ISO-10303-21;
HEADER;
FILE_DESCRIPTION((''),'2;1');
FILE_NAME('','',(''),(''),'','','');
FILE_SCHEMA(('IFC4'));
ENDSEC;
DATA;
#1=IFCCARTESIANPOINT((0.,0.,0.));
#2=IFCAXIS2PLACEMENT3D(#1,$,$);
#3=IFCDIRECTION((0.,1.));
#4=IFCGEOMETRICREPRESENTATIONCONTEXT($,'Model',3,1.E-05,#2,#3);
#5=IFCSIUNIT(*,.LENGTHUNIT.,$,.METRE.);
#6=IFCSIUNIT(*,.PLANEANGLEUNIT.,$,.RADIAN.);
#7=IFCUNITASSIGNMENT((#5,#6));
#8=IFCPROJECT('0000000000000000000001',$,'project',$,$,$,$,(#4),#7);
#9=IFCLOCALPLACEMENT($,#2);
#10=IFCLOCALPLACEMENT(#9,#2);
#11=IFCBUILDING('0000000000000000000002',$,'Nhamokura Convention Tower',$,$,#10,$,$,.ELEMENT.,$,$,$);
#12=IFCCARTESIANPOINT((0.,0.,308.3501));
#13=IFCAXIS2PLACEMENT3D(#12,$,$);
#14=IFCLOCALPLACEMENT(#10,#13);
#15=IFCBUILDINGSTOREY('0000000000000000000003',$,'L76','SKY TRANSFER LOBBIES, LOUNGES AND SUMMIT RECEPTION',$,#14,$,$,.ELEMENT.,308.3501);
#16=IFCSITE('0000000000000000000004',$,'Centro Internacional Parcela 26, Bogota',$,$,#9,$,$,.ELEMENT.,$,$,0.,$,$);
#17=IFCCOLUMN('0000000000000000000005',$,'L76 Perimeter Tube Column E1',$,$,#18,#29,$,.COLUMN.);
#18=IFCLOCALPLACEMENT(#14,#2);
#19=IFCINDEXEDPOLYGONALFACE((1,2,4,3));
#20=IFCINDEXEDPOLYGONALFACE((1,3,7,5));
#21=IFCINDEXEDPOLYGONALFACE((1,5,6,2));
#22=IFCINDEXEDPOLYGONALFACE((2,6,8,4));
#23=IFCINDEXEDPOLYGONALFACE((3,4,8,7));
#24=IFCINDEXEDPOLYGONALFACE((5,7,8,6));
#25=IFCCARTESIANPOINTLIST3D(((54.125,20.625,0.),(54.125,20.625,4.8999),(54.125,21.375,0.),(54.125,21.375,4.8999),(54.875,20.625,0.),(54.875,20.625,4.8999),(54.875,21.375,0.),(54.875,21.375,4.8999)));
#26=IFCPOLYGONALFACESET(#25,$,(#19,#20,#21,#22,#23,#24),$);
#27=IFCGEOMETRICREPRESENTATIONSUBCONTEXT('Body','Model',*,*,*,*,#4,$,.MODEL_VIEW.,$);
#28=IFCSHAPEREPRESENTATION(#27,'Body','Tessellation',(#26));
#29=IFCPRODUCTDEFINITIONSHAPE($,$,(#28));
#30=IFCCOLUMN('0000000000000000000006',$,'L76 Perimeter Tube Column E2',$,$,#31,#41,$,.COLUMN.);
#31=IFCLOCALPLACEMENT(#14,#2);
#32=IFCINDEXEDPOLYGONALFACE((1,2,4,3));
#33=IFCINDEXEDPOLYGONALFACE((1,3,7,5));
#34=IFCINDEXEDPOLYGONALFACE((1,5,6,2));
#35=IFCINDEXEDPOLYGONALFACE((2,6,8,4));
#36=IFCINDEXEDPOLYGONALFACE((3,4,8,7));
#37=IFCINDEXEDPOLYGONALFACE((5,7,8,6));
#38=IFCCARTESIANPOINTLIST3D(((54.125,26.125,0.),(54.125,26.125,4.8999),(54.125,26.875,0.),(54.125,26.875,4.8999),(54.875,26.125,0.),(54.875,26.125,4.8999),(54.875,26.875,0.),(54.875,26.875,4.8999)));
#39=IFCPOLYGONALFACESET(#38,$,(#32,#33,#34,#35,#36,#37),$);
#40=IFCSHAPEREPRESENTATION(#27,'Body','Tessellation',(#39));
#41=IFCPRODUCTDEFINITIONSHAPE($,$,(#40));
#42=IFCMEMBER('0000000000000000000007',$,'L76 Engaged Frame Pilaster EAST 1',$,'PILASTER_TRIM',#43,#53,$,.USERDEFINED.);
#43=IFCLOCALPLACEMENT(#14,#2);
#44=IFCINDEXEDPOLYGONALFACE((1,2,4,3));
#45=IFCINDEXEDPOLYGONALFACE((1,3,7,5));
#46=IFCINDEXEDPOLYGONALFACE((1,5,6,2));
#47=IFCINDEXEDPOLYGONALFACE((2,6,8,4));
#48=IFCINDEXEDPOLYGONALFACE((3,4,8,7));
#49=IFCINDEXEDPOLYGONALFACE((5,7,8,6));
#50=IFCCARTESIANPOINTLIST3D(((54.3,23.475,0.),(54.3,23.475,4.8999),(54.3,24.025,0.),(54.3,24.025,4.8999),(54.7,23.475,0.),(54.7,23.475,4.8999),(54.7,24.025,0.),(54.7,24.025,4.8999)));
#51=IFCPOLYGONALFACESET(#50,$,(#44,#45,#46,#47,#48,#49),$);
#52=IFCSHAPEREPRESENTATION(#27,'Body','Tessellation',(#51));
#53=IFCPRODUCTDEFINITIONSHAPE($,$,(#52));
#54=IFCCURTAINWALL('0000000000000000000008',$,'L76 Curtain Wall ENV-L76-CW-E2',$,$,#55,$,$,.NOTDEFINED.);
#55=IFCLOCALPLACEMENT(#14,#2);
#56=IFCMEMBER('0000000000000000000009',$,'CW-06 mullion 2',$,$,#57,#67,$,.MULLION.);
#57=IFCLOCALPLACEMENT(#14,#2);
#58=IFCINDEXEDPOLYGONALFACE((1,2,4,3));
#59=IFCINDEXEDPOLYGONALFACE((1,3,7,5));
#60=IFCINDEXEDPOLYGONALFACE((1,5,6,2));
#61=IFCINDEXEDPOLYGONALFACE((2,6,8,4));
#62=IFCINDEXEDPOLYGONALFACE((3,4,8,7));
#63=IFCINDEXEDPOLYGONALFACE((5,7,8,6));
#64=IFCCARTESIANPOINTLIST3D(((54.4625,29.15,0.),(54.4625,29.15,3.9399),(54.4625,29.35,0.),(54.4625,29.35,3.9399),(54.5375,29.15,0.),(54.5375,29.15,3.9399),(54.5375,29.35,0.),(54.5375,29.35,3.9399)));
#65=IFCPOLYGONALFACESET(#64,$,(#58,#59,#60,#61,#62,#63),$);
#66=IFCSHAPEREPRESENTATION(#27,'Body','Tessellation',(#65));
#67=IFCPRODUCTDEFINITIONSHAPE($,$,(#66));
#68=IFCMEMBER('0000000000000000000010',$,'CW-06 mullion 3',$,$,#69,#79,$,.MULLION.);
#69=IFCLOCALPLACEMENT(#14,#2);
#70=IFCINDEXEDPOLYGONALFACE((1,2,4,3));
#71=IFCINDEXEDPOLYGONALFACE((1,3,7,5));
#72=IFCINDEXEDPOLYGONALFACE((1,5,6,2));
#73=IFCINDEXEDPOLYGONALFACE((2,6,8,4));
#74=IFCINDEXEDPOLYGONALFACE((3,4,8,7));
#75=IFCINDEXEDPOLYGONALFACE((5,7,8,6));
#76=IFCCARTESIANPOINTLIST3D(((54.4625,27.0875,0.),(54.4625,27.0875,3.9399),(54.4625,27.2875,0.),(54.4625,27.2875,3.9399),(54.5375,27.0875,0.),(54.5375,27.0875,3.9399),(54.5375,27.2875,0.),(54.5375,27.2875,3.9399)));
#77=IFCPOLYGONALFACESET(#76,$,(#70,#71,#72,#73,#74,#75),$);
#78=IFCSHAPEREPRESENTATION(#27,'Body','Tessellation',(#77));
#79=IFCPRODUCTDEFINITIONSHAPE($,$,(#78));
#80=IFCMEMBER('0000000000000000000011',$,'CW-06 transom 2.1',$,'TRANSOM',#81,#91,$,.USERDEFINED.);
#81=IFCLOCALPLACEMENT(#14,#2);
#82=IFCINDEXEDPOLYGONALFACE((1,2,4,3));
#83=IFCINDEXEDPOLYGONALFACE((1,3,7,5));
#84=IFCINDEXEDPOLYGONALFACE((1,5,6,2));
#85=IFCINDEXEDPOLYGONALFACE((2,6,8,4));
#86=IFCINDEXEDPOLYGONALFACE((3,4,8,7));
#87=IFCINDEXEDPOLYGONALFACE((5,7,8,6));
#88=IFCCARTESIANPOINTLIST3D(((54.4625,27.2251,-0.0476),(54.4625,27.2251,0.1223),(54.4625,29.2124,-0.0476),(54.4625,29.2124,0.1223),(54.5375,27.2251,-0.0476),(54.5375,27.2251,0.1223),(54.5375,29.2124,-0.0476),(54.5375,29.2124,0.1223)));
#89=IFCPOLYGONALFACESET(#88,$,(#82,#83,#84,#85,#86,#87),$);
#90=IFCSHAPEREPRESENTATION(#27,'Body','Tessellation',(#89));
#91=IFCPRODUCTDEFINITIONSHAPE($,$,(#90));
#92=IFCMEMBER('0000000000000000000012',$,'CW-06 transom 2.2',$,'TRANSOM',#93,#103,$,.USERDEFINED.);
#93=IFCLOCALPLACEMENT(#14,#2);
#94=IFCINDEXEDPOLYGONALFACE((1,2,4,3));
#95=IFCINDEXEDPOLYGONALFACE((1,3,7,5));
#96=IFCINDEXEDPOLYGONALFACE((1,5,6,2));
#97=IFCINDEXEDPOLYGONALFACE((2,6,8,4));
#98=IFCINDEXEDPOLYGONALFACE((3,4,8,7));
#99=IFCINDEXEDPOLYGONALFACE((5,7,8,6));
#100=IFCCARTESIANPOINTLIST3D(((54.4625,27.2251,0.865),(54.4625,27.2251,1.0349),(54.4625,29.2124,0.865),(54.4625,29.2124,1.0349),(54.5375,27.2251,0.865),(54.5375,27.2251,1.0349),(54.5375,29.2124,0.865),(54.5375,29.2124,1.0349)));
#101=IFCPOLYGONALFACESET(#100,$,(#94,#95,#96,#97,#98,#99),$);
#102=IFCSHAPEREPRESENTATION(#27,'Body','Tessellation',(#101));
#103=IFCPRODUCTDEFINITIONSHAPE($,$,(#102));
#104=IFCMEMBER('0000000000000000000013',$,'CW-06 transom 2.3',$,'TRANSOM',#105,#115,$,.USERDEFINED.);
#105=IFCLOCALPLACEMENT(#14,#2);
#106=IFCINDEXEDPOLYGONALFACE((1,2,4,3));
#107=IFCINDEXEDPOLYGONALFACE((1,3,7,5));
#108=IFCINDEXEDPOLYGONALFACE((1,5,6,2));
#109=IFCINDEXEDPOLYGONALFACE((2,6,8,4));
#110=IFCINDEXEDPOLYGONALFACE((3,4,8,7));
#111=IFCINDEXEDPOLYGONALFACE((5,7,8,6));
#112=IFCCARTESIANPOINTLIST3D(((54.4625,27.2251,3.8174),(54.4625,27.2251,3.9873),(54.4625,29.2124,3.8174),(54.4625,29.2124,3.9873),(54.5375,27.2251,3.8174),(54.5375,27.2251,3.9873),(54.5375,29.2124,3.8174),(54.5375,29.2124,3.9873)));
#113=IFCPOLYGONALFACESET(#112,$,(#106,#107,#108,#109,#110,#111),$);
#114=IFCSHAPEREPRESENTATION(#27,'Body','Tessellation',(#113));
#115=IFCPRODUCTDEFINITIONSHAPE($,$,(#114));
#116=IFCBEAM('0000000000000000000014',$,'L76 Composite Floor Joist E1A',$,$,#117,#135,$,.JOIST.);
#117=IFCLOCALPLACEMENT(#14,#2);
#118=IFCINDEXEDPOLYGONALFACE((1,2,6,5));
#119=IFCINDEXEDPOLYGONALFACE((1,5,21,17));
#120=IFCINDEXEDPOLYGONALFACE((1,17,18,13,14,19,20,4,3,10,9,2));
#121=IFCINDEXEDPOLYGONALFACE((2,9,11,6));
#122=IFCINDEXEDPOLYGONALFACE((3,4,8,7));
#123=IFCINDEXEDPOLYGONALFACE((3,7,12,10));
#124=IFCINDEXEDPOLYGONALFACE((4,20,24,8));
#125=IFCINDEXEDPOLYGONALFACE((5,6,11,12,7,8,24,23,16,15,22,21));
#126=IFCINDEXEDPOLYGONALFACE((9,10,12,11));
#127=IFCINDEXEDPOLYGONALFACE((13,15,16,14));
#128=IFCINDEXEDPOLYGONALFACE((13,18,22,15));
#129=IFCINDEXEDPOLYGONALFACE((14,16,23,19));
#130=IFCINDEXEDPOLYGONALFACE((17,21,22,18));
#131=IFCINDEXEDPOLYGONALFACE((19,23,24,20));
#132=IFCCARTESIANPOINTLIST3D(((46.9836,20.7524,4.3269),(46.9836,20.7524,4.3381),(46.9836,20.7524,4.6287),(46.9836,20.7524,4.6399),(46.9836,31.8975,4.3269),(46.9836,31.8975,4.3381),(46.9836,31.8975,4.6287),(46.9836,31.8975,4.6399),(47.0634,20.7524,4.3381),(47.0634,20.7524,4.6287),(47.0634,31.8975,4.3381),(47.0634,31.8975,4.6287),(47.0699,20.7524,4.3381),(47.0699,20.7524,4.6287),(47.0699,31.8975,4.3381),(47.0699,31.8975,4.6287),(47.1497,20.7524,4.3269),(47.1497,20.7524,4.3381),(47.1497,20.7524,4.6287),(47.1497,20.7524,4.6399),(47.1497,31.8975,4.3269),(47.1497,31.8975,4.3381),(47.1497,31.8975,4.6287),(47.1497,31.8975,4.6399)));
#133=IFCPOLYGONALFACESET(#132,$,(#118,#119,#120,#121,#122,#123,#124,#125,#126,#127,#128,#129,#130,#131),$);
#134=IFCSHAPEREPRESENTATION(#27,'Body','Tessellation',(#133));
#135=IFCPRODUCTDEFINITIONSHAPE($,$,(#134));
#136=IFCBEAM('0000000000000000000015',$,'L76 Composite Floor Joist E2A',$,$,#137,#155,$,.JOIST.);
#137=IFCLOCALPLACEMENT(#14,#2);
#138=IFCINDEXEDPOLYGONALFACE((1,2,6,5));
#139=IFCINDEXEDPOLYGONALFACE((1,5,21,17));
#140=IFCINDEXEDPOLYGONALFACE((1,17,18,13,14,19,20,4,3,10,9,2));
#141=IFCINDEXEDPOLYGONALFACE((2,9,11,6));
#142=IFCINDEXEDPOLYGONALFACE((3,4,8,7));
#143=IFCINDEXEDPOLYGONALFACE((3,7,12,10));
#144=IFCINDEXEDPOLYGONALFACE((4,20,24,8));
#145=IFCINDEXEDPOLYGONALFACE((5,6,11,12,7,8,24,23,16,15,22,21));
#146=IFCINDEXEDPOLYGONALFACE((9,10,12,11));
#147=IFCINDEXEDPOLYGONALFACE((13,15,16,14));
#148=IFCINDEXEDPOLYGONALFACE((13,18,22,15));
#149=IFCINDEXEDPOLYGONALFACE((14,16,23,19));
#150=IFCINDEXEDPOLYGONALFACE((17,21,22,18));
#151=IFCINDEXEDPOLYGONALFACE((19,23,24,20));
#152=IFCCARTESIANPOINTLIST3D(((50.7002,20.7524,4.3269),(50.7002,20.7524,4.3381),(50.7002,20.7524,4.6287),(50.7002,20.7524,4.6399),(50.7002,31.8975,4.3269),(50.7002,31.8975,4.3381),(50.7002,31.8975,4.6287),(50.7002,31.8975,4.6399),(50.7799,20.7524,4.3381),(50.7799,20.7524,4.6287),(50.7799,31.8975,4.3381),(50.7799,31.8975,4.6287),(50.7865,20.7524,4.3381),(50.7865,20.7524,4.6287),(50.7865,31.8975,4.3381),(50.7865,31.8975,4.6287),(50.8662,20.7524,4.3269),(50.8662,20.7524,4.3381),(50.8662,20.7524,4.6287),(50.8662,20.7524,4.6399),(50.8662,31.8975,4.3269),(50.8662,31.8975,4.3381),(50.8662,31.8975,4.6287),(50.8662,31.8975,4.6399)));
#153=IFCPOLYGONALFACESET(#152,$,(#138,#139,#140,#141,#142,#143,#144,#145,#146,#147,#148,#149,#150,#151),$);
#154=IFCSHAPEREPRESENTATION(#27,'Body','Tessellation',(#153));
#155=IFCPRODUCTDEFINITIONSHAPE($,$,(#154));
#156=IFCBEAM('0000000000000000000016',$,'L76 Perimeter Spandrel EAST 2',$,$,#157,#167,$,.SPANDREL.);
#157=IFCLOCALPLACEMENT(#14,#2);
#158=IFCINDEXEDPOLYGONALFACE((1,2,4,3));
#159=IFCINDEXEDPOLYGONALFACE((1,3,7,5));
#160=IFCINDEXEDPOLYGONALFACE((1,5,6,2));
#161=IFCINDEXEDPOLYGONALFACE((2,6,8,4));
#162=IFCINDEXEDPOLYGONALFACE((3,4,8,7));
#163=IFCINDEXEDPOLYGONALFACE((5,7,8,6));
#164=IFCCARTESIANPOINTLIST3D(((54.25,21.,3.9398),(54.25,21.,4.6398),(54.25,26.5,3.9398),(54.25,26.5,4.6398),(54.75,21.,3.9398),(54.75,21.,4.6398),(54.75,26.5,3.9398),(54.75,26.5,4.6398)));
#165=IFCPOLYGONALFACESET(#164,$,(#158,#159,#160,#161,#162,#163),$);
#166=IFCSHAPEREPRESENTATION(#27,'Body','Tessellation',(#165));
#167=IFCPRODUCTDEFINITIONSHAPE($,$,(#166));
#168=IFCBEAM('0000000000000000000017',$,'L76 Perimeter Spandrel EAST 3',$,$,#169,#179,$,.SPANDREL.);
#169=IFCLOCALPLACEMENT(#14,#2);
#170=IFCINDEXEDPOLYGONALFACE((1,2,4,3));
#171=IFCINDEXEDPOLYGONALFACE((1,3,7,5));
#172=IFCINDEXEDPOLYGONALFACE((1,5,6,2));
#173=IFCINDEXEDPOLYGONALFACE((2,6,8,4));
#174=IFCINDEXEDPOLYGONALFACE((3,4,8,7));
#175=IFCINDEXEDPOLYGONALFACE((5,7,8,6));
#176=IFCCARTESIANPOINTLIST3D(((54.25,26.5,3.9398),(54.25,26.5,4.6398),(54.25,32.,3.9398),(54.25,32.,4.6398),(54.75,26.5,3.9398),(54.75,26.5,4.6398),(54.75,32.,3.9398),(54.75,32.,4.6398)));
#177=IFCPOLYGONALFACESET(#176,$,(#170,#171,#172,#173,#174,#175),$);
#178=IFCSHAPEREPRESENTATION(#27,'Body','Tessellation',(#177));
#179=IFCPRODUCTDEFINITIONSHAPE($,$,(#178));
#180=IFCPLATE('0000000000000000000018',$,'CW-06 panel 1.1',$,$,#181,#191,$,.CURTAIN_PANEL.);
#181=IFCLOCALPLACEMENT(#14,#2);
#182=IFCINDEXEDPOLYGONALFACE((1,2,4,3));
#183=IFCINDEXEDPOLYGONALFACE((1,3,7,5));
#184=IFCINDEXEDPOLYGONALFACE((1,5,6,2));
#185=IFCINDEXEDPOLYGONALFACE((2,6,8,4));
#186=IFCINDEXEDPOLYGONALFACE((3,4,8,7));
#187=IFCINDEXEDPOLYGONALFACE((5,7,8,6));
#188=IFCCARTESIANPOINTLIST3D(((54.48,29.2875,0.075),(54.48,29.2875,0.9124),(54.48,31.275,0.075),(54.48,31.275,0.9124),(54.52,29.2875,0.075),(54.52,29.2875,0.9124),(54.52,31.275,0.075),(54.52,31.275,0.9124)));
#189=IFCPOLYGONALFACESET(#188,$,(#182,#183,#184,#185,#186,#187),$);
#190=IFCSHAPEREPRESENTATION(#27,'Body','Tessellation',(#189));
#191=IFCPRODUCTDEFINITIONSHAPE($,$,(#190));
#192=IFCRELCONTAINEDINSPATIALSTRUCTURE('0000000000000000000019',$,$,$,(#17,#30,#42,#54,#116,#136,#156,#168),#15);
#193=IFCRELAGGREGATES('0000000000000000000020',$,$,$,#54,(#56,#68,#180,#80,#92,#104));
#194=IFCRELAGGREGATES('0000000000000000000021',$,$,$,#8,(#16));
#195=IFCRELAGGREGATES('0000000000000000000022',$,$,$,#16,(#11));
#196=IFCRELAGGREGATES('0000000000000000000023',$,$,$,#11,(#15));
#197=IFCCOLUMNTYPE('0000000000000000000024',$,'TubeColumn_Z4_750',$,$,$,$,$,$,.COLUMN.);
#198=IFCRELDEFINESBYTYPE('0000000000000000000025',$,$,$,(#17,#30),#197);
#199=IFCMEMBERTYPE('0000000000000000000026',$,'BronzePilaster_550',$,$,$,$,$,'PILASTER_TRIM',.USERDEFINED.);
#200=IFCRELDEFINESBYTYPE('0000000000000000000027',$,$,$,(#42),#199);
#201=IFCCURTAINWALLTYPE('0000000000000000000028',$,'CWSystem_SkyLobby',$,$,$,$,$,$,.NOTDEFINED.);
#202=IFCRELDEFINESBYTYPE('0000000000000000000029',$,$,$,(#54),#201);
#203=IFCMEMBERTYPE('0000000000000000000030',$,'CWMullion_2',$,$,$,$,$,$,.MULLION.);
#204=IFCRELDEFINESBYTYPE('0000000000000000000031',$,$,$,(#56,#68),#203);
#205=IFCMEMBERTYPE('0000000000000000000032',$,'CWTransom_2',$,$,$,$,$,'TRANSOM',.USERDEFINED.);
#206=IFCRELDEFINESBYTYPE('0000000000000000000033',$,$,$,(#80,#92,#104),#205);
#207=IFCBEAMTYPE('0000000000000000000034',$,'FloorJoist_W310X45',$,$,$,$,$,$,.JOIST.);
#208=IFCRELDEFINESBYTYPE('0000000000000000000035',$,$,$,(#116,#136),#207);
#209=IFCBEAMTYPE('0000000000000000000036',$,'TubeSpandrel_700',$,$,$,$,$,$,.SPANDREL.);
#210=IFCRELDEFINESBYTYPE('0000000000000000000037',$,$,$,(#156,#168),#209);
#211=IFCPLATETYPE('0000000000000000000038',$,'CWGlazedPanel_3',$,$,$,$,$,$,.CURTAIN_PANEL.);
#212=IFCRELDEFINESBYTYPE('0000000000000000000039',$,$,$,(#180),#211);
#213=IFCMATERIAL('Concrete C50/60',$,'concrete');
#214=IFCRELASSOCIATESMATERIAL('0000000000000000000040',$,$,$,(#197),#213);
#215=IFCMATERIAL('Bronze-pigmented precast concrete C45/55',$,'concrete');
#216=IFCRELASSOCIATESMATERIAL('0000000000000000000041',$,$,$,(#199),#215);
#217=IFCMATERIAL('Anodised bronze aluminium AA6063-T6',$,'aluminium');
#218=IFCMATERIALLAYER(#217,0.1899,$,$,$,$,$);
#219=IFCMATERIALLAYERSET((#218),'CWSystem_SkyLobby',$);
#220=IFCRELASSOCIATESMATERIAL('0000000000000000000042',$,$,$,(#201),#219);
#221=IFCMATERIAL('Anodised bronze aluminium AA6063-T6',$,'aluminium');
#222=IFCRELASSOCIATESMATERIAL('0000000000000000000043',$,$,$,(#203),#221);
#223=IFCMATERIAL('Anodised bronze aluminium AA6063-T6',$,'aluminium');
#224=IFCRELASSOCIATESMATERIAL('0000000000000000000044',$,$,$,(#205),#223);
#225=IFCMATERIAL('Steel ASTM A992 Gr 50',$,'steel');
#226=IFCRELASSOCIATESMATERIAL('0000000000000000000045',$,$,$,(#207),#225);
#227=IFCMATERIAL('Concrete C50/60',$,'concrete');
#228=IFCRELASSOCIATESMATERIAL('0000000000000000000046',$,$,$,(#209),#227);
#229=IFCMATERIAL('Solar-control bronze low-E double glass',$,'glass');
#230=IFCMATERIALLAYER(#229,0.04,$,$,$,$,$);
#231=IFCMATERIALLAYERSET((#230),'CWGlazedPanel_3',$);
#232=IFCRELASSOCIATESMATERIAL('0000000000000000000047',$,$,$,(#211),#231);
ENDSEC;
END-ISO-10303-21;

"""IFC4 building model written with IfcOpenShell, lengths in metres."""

from ifc_helpers import new_model, si_unit, direction, frame, origin, origin_2d, place, context, subcontext, project, spatial, rectangle, i_section, extrude, material, layer, layer_set, material_profile, profile_set, type_object, element, aggregate, save


model = new_model("IFC4")

# Units and contexts
model_context = context("Model", 3, precision=1e-05, world=origin(), true_north=direction((0.0, 1.0)))
body_context = subcontext(model_context, "Body", "Model", "MODEL_VIEW")
ifc_project = project(units=[si_unit("LENGTHUNIT", "METRE"), si_unit("PLANEANGLEUNIT", "RADIAN")], contexts=[model_context])

# Site, building, storey
site_placement = place(None, origin())
site = spatial("IfcSite", under=ifc_project, at=site_placement, Name="Centro Internacional Parcela 26, Bogota", CompositionType="ELEMENT", RefElevation=0.0)
building_placement = place(site_placement, origin())
building = spatial("IfcBuilding", under=site, at=building_placement, Name="Nhamokura Convention Tower", CompositionType="ELEMENT")
storey_placement = place(building_placement, frame((0.0, 0.0, 308.3501)))
storey = spatial("IfcBuildingStorey", under=building, at=storey_placement, Name="L76", Description="SKY TRANSFER LOBBIES, LOUNGES AND SUMMIT RECEPTION", CompositionType="ELEMENT", Elevation=308.3501)

# Columns
ifc_material_1 = material(Name="Concrete C50/60", Category="concrete")
ifc_material_profile_1 = material_profile(ifc_material_1, rectangle(XDim=0.75, YDim=0.75, at=origin_2d()))
ifc_profile_set_1 = profile_set([ifc_material_profile_1], Name="Concrete C50/60")
column_type = type_object("IfcColumnType", Name="TubeColumn_Z4_750", PredefinedType="COLUMN", material=ifc_profile_set_1)
for number, where, z_axis, x_axis, name in (
    (1, (54.5, 21.0, 0.0), (0.0, 0.0, 1.0), (1.0, 0.0, 0.0), "L76 Perimeter Tube Column E1"),
    (2, (54.5, 26.5, 0.0), (0.0, 0.0, 1.0), (1.0, 0.0, 0.0), "L76 Perimeter Tube Column E2"),
):
    element("IfcColumn", number, at=place(storey_placement, frame(where, z_axis=z_axis, x_axis=x_axis)), inside=storey, type_object=column_type, Name=name, PredefinedType="COLUMN", context=body_context, shape_type="SweptSolid", body=[
        extrude(rectangle(XDim=0.75, YDim=0.75, at=origin_2d()), origin(), (0.0, 0.0, 1.0), 4.8999),
    ])

# Member
ifc_material_2 = material(Name="Bronze-pigmented precast concrete C45/55", Category="concrete")
ifc_material_profile_2 = material_profile(ifc_material_2, rectangle(XDim=0.3999, YDim=0.55, at=origin_2d()))
ifc_profile_set_2 = profile_set([ifc_material_profile_2], Name="Bronze-pigmented precast concrete C45/55")
member_type_1 = type_object("IfcMemberType", Name="BronzePilaster_550", ElementType="PILASTER_TRIM", PredefinedType="USERDEFINED", material=ifc_profile_set_2)
member_1_placement = place(storey_placement, frame((54.5, 23.75, 0.0), z_axis=(0.0, 0.0, 1.0), x_axis=(1.0, 0.0, 0.0)))
element("IfcMember", 3, at=member_1_placement, inside=storey, type_object=member_type_1, Name="L76 Engaged Frame Pilaster EAST 1", ObjectType="PILASTER_TRIM", PredefinedType="USERDEFINED", context=body_context, shape_type="SweptSolid", body=[
    extrude(rectangle(XDim=0.3999, YDim=0.55, at=origin_2d()), origin(), (0.0, 0.0, 1.0), 4.8999),
])

# Curtain wall, members
ifc_material_3 = material(Name="Anodised bronze aluminium AA6063-T6", Category="aluminium")
ifc_layer_1 = layer(ifc_material_3, 0.1899)
ifc_layer_set_1 = layer_set([ifc_layer_1], Name="CWSystem_SkyLobby")
curtain_wall_type = type_object("IfcCurtainWallType", Name="CWSystem_SkyLobby", PredefinedType="NOTDEFINED", material=ifc_layer_set_1)
curtain_wall_placement = place(storey_placement, origin())
curtain_wall = element("IfcCurtainWall", 4, at=curtain_wall_placement, inside=storey, type_object=curtain_wall_type, Name="L76 Curtain Wall ENV-L76-CW-E2", PredefinedType="NOTDEFINED")
ifc_material_4 = material(Name="Anodised bronze aluminium AA6063-T6", Category="aluminium")
ifc_material_profile_3 = material_profile(ifc_material_4, rectangle(XDim=0.075, YDim=0.2, at=origin_2d()))
ifc_profile_set_3 = profile_set([ifc_material_profile_3], Name="Anodised bronze aluminium AA6063-T6")
member_type_2 = type_object("IfcMemberType", Name="CWMullion_2", PredefinedType="MULLION", material=ifc_profile_set_3)
member_2_placement = place(storey_placement, frame((54.5, 29.25, 0.0), z_axis=(0.0, 0.0, 1.0), x_axis=(1.0, 0.0, 0.0)))
member_2 = element("IfcMember", 5, at=member_2_placement, type_object=member_type_2, Name="CW-06 mullion 2", PredefinedType="MULLION", context=body_context, shape_type="SweptSolid", body=[
    extrude(rectangle(XDim=0.075, YDim=0.2, at=origin_2d()), origin(), (0.0, 0.0, 1.0), 3.9399),
])
member_3_placement = place(storey_placement, frame((54.5, 27.1875, 0.0), z_axis=(0.0, 0.0, 1.0), x_axis=(1.0, 0.0, 0.0)))
member_3 = element("IfcMember", 6, at=member_3_placement, type_object=member_type_2, Name="CW-06 mullion 3", PredefinedType="MULLION", context=body_context, shape_type="SweptSolid", body=[
    extrude(rectangle(XDim=0.075, YDim=0.2, at=origin_2d()), origin(), (0.0, 0.0, 1.0), 3.9399),
])
ifc_material_5 = material(Name="Anodised bronze aluminium AA6063-T6", Category="aluminium")
ifc_material_profile_4 = material_profile(ifc_material_5, rectangle(XDim=0.075, YDim=0.1699, at=origin_2d()))
ifc_profile_set_4 = profile_set([ifc_material_profile_4], Name="Anodised bronze aluminium AA6063-T6")
member_type_3 = type_object("IfcMemberType", Name="CWTransom_2", ElementType="TRANSOM", PredefinedType="USERDEFINED", material=ifc_profile_set_4)
member_4_placement = place(storey_placement, frame((54.5, 29.2124, 0.0374), z_axis=(0.0, -1.0, 0.0), x_axis=(1.0, 0.0, 0.0)))
member_4 = element("IfcMember", 7, at=member_4_placement, type_object=member_type_3, Name="CW-06 transom 2.1", ObjectType="TRANSOM", PredefinedType="USERDEFINED", context=body_context, shape_type="SweptSolid", body=[
    extrude(rectangle(XDim=0.075, YDim=0.1699, at=origin_2d()), origin(), (0.0, 0.0, 1.0), 1.9873),
])
member_5_placement = place(storey_placement, frame((54.5, 29.2124, 0.95), z_axis=(0.0, -1.0, 0.0), x_axis=(1.0, 0.0, 0.0)))
member_5 = element("IfcMember", 8, at=member_5_placement, type_object=member_type_3, Name="CW-06 transom 2.2", ObjectType="TRANSOM", PredefinedType="USERDEFINED", context=body_context, shape_type="SweptSolid", body=[
    extrude(rectangle(XDim=0.075, YDim=0.1699, at=origin_2d()), origin(), (0.0, 0.0, 1.0), 1.9873),
])
member_6_placement = place(storey_placement, frame((54.5, 29.2124, 3.9023), z_axis=(0.0, -1.0, 0.0), x_axis=(1.0, 0.0, 0.0)))
member_6 = element("IfcMember", 9, at=member_6_placement, type_object=member_type_3, Name="CW-06 transom 2.3", ObjectType="TRANSOM", PredefinedType="USERDEFINED", context=body_context, shape_type="SweptSolid", body=[
    extrude(rectangle(XDim=0.075, YDim=0.1699, at=origin_2d()), origin(), (0.0, 0.0, 1.0), 1.9873),
])

# Beams
ifc_material_6 = material(Name="Steel ASTM A992 Gr 50", Category="steel")
ifc_material_profile_5 = material_profile(ifc_material_6, i_section(OverallWidth=0.166, OverallDepth=0.313, WebThickness=0.0066, FlangeThickness=0.0112, at=origin_2d()))
ifc_profile_set_5 = profile_set([ifc_material_profile_5], Name="Steel ASTM A992 Gr 50")
beam_type_1 = type_object("IfcBeamType", Name="FloorJoist_W310X45", PredefinedType="JOIST", material=ifc_profile_set_5)
for number, where, z_axis, x_axis, name in (
    (10, (47.0667, 20.7524, 4.4834), (0.0, 1.0, 0.0), (-1.0, 0.0, 0.0), "L76 Composite Floor Joist E1A"),
    (11, (50.7832, 20.7524, 4.4834), (0.0, 1.0, 0.0), (-1.0, 0.0, 0.0), "L76 Composite Floor Joist E2A"),
):
    element("IfcBeam", number, at=place(storey_placement, frame(where, z_axis=z_axis, x_axis=x_axis)), inside=storey, type_object=beam_type_1, Name=name, PredefinedType="JOIST", context=body_context, shape_type="SweptSolid", body=[
        extrude(i_section(OverallWidth=0.166, OverallDepth=0.313, WebThickness=0.0066, FlangeThickness=0.0112, at=origin_2d()), origin(), (0.0, 0.0, 1.0), 11.145),
    ])
ifc_material_7 = material(Name="Concrete C50/60", Category="concrete")
ifc_material_profile_6 = material_profile(ifc_material_7, rectangle(XDim=0.5, YDim=0.7, at=origin_2d()))
ifc_profile_set_6 = profile_set([ifc_material_profile_6], Name="Concrete C50/60")
beam_type_2 = type_object("IfcBeamType", Name="TubeSpandrel_700", PredefinedType="SPANDREL", material=ifc_profile_set_6)
for number, where, z_axis, x_axis, name in (
    (12, (54.5, 21.0, 4.2898), (0.0, 1.0, 0.0), (-1.0, 0.0, 0.0), "L76 Perimeter Spandrel EAST 2"),
    (13, (54.5, 26.5, 4.2898), (0.0, 1.0, 0.0), (-1.0, 0.0, 0.0), "L76 Perimeter Spandrel EAST 3"),
):
    element("IfcBeam", number, at=place(storey_placement, frame(where, z_axis=z_axis, x_axis=x_axis)), inside=storey, type_object=beam_type_2, Name=name, PredefinedType="SPANDREL", context=body_context, shape_type="SweptSolid", body=[
        extrude(rectangle(XDim=0.5, YDim=0.7, at=origin_2d()), origin(), (0.0, 0.0, 1.0), 5.5),
    ])

# Plate
ifc_material_8 = material(Name="Solar-control bronze low-E double glass", Category="glass")
ifc_layer_2 = layer(ifc_material_8, 0.04)
ifc_layer_set_2 = layer_set([ifc_layer_2], Name="CWGlazedPanel_3")
plate_type = type_object("IfcPlateType", Name="CWGlazedPanel_3", PredefinedType="CURTAIN_PANEL", material=ifc_layer_set_2)
plate_1_placement = place(storey_placement, frame((54.5, 30.2812, 0.075), z_axis=(0.0, 0.0, 1.0), x_axis=(0.0, -1.0, 0.0)))
plate_1 = element("IfcPlate", 14, at=plate_1_placement, type_object=plate_type, Name="CW-06 panel 1.1", PredefinedType="CURTAIN_PANEL", context=body_context, shape_type="SweptSolid", body=[
    extrude(rectangle(XDim=1.9875, YDim=0.04, at=origin_2d()), origin(), (0.0, 0.0, 1.0), 0.8374),
])
aggregate(curtain_wall, [member_2, member_3, plate_1, member_4, member_5, member_6])

save(model, "model.ifc")
